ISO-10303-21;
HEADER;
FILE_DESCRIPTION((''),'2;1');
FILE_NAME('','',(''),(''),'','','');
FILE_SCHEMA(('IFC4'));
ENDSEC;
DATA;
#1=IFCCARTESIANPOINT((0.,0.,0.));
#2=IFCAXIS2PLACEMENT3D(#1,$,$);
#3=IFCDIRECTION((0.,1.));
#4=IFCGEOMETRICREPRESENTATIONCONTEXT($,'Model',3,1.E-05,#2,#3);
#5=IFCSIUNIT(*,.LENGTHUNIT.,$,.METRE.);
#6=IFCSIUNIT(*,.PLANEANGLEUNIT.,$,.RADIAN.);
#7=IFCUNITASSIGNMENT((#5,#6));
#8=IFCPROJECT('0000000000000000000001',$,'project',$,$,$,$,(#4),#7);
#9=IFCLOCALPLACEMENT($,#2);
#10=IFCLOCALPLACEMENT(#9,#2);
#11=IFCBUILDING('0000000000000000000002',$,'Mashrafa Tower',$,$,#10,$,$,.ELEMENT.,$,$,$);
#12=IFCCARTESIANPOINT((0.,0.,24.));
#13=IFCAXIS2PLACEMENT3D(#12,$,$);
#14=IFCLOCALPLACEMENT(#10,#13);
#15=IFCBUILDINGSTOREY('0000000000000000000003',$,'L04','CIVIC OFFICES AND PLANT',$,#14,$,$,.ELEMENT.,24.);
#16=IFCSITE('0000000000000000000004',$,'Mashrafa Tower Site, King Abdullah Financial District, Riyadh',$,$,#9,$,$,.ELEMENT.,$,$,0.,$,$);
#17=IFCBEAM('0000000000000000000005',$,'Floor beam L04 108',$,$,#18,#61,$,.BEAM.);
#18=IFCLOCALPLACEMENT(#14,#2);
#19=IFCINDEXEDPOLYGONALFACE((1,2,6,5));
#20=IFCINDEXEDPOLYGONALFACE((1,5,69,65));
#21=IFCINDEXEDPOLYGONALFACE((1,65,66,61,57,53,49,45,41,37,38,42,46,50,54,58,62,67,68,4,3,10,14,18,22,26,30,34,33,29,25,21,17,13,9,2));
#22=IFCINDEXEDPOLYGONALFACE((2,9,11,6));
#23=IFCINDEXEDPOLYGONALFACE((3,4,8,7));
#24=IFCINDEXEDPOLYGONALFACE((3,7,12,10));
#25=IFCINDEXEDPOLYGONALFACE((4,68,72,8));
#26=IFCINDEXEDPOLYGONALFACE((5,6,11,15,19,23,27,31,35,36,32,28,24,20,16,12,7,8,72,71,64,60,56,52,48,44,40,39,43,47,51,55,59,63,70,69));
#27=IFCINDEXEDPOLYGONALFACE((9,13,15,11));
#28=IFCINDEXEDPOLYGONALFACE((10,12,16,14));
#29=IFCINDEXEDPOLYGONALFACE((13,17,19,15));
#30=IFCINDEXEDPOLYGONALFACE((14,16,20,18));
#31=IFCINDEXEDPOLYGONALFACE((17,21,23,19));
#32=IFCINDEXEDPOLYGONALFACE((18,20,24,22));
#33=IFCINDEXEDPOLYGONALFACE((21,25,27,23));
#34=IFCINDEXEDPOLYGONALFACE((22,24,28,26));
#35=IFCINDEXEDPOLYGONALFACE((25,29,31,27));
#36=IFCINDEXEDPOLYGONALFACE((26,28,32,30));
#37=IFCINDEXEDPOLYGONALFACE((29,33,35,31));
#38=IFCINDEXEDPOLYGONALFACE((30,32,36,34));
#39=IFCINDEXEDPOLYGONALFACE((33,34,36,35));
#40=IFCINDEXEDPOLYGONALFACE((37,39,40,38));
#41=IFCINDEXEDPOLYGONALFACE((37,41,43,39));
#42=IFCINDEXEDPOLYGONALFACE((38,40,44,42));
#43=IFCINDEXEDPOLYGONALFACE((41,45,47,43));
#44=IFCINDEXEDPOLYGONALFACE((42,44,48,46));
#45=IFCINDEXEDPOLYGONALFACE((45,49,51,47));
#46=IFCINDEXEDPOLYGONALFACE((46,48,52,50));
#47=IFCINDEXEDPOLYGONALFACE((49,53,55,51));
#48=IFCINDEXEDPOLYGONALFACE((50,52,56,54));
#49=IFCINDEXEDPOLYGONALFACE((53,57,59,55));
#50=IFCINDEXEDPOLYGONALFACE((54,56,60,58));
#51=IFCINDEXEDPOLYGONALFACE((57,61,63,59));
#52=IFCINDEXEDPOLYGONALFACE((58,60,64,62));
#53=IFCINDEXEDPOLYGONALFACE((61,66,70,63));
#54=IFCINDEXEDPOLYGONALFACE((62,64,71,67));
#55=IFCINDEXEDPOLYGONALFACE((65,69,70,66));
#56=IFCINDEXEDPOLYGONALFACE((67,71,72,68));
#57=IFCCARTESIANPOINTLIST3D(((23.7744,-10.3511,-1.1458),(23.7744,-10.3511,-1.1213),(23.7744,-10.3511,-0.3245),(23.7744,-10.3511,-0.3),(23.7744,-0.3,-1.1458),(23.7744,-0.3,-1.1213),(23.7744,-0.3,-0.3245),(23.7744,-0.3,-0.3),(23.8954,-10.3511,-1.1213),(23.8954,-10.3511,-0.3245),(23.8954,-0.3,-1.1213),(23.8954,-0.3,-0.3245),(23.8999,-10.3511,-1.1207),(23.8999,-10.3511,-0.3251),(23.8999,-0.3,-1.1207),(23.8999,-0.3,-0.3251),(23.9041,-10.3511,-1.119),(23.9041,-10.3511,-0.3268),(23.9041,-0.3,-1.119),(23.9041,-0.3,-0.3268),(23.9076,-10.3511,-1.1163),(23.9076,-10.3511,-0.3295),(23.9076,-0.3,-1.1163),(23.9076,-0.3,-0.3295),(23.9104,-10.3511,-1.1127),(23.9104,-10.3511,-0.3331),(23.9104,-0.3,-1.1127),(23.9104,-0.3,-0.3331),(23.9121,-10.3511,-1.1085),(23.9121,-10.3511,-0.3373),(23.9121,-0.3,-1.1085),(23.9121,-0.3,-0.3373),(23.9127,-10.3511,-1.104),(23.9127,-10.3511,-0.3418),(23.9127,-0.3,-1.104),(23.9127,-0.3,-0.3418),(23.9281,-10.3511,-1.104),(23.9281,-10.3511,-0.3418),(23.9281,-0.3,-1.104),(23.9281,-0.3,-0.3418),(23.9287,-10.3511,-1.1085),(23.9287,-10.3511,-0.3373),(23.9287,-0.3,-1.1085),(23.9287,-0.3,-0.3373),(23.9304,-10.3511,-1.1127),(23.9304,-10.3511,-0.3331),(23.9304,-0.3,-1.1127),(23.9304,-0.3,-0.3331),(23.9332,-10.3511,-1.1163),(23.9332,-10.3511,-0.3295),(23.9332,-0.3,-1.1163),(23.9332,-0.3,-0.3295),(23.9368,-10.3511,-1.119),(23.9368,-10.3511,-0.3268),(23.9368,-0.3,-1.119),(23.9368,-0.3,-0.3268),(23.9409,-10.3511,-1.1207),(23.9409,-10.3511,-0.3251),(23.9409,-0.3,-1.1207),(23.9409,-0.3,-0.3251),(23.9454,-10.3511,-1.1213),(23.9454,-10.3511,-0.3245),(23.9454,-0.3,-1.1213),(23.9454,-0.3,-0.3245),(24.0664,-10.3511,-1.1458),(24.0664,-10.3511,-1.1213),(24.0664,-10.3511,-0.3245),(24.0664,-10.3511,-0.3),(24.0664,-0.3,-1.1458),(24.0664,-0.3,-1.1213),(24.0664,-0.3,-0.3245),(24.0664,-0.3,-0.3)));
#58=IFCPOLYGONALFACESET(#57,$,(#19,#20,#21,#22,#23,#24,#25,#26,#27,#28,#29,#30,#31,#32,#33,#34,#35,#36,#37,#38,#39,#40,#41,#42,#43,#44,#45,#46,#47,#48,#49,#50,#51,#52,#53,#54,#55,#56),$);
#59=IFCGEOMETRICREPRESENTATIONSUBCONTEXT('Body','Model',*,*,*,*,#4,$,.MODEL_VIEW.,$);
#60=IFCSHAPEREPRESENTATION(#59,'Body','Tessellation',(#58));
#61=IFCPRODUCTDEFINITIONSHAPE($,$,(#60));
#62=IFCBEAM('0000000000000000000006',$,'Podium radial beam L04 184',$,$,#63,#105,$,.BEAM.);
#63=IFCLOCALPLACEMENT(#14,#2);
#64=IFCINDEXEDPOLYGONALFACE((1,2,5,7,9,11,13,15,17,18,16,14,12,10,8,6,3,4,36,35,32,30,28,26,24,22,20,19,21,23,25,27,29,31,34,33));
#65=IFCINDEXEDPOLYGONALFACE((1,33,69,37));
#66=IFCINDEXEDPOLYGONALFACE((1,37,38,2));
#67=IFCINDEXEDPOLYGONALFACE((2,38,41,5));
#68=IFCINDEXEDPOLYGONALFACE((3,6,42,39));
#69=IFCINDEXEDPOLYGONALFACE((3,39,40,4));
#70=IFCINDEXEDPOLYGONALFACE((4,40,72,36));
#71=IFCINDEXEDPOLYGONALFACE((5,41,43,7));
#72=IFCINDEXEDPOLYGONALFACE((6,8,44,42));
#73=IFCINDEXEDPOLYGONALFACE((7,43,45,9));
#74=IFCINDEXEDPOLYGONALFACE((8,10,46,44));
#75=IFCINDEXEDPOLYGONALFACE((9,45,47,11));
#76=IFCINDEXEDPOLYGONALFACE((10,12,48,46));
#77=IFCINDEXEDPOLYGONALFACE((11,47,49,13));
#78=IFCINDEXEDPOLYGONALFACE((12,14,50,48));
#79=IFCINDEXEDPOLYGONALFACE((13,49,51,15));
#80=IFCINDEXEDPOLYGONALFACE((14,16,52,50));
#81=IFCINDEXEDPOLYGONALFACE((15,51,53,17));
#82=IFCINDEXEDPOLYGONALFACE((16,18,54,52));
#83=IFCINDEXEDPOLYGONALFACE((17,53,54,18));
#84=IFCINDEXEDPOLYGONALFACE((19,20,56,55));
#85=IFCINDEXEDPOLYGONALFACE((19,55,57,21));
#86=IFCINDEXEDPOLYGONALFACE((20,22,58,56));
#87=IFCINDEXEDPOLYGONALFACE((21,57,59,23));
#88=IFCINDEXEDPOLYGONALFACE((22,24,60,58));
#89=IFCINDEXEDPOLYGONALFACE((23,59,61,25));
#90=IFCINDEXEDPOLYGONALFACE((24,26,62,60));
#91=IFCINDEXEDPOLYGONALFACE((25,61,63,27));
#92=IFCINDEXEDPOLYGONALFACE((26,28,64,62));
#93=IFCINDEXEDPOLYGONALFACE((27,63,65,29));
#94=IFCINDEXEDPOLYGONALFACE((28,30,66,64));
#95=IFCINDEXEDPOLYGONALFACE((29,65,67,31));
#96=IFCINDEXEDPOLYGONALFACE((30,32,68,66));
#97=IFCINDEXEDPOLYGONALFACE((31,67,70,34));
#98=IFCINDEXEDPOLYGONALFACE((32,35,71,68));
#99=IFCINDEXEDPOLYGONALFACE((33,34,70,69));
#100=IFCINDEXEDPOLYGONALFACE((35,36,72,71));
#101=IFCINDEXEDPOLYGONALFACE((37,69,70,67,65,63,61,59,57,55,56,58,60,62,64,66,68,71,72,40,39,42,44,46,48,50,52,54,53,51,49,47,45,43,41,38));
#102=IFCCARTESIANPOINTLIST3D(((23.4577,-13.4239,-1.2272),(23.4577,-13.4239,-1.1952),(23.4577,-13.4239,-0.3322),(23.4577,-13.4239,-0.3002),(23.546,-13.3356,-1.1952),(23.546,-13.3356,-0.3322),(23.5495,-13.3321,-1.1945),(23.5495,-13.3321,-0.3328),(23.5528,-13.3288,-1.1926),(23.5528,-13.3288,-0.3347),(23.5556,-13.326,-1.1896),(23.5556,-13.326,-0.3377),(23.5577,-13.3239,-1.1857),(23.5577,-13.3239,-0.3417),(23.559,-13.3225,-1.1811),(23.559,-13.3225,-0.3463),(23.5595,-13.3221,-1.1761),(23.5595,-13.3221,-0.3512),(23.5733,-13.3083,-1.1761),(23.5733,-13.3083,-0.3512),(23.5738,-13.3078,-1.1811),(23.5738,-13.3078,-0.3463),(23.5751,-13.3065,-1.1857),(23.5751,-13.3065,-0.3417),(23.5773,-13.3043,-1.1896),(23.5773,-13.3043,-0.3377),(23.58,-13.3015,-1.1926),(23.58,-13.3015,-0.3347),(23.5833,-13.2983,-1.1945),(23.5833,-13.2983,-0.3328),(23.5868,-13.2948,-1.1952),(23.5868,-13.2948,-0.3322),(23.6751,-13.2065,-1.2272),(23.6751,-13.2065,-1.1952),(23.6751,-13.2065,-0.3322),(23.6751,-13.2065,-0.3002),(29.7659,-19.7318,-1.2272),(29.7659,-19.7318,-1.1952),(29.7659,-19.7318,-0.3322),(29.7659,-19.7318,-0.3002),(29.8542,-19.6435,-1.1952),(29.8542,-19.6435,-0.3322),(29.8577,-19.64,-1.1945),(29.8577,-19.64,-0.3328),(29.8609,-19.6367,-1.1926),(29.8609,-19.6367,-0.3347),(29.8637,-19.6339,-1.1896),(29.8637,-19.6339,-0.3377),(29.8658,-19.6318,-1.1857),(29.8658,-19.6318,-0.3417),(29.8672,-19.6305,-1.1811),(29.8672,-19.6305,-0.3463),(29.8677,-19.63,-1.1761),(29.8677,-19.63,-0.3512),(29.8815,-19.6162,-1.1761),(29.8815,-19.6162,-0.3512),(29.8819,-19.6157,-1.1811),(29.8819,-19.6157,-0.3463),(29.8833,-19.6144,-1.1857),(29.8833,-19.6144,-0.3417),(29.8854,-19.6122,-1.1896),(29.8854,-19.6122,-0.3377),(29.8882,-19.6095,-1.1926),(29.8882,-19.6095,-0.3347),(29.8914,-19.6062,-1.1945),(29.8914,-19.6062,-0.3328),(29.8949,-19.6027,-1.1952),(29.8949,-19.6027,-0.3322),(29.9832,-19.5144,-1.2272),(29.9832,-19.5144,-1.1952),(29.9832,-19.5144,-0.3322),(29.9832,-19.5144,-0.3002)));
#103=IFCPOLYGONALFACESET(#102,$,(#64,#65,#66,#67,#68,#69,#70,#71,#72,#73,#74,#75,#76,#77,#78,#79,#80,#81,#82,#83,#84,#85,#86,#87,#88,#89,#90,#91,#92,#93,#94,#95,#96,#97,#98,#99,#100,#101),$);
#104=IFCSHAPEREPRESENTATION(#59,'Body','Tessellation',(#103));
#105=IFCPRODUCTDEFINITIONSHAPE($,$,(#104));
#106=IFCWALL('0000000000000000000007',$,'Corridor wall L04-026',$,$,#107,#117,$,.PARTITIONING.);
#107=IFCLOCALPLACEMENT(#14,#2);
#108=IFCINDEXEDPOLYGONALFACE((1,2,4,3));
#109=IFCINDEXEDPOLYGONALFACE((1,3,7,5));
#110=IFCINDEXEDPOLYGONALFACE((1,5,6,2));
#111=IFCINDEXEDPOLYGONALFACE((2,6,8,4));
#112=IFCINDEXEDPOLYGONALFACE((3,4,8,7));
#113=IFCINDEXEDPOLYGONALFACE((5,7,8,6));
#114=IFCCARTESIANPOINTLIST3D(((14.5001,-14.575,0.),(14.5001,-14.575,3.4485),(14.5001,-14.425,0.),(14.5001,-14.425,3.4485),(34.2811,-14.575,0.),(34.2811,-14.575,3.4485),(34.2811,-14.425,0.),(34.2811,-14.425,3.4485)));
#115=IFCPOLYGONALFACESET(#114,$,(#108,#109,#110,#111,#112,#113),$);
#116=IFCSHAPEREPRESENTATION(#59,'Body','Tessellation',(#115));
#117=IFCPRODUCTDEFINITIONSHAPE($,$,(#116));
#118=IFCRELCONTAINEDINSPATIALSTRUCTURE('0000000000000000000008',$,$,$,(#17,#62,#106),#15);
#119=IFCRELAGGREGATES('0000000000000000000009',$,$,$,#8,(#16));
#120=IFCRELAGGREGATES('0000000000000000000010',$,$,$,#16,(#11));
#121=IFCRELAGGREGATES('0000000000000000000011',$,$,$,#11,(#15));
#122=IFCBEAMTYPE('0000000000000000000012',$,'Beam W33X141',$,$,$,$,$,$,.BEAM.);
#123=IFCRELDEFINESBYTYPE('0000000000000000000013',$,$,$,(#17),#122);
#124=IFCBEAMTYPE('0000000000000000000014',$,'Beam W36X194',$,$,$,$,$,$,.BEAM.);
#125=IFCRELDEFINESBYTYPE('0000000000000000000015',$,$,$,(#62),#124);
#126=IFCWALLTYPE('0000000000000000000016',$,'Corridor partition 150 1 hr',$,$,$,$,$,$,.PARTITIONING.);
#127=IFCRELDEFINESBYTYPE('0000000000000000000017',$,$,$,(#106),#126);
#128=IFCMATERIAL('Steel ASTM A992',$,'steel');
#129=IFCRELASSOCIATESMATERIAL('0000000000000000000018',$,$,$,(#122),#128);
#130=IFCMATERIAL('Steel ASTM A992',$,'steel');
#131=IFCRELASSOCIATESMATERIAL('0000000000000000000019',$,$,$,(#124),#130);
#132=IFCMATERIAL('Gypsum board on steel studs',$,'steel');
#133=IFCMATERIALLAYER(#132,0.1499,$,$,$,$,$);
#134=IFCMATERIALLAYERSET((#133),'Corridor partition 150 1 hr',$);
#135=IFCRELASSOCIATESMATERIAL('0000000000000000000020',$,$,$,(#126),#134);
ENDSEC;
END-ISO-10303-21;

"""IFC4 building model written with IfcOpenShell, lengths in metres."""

from ifc_helpers import new_model, si_unit, direction, frame, frame_2d, origin, origin_2d, place, context, subcontext, project, spatial, rectangle, i_section, extrude, material, layer, layer_set, material_profile, profile_set, type_object, element, save


model = new_model("IFC4")

# Units and contexts
model_context = context("Model", 3, precision=1e-05, world=origin(), true_north=direction((0.0, 1.0)))
body_context = subcontext(model_context, "Body", "Model", "MODEL_VIEW")
ifc_project = project(units=[si_unit("LENGTHUNIT", "METRE"), si_unit("PLANEANGLEUNIT", "RADIAN")], contexts=[model_context])

# Site, building, storey
site_placement = place(None, origin())
site = spatial("IfcSite", under=ifc_project, at=site_placement, Name="Mashrafa Tower Site, King Abdullah Financial District, Riyadh", CompositionType="ELEMENT", RefElevation=0.0)
building_placement = place(site_placement, origin())
building = spatial("IfcBuilding", under=site, at=building_placement, Name="Mashrafa Tower", CompositionType="ELEMENT")
storey_placement = place(building_placement, frame((0.0, 0.0, 24.0)))
storey = spatial("IfcBuildingStorey", under=building, at=storey_placement, Name="L04", Description="CIVIC OFFICES AND PLANT", CompositionType="ELEMENT", Elevation=24.0)

# Beams
ifc_material_1 = material(Name="Steel ASTM A992", Category="steel")
ifc_material_profile_1 = material_profile(ifc_material_1, i_section(OverallWidth=0.292, OverallDepth=0.8457, WebThickness=0.0154, FlangeThickness=0.0244, FilletRadius=0.0173, at=origin_2d()), Name="W33X141")
ifc_profile_set_1 = profile_set([ifc_material_profile_1], Name="Steel ASTM A992")
beam_type_1 = type_object("IfcBeamType", Name="Beam W33X141", PredefinedType="BEAM", material=ifc_profile_set_1)
beam_1_placement = place(storey_placement, frame((23.9204, -0.3, -0.7229), z_axis=(0.0, -1.0, 0.0), x_axis=(1.0, 0.0, 0.0)))
element("IfcBeam", 1, at=beam_1_placement, inside=storey, type_object=beam_type_1, Name="Floor beam L04 108", PredefinedType="BEAM", context=body_context, shape_type="SweptSolid", body=[
    extrude(i_section(OverallWidth=0.292, OverallDepth=0.8457, WebThickness=0.0154, FlangeThickness=0.0244, FilletRadius=0.0173, at=origin_2d()), origin(), (0.0, 0.0, 1.0), 10.051),
])
ifc_material_2 = material(Name="Steel ASTM A992", Category="steel")
ifc_material_profile_2 = material_profile(ifc_material_2, i_section(OverallWidth=0.3074, OverallDepth=0.927, WebThickness=0.0195, FlangeThickness=0.032, FilletRadius=0.019, at=origin_2d()), Name="W36X194")
ifc_profile_set_2 = profile_set([ifc_material_profile_2], Name="Steel ASTM A992")
beam_type_2 = type_object("IfcBeamType", Name="Beam W36X194", PredefinedType="BEAM", material=ifc_profile_set_2)
beam_2_placement = place(storey_placement, frame((23.5664, -13.3152, -0.7637), z_axis=(0.70712, -0.707093, 0.0), x_axis=(0.707093, 0.70712, 0.0)))
element("IfcBeam", 2, at=beam_2_placement, inside=storey, type_object=beam_type_2, Name="Podium radial beam L04 184", PredefinedType="BEAM", context=body_context, shape_type="SweptSolid", body=[
    extrude(i_section(OverallWidth=0.3074, OverallDepth=0.927, WebThickness=0.0195, FlangeThickness=0.032, FilletRadius=0.019, at=origin_2d()), origin(), (0.0, 0.0, 1.0), 8.9209),
])

# Wall
ifc_material_3 = material(Name="Gypsum board on steel studs", Category="steel")
ifc_layer = layer(ifc_material_3, 0.1499)
ifc_layer_set = layer_set([ifc_layer], Name="Corridor partition 150 1 hr")
wall_type = type_object("IfcWallType", Name="Corridor partition 150 1 hr", PredefinedType="PARTITIONING", material=ifc_layer_set)
wall_placement = place(storey_placement, frame((14.5, -14.5, 0.0), z_axis=(0.0, 0.0, 1.0), x_axis=(1.0, 0.0, 0.0)))
element("IfcWall", 3, at=wall_placement, inside=storey, type_object=wall_type, Name="Corridor wall L04-026", PredefinedType="PARTITIONING", context=body_context, shape_type="SweptSolid", body=[
    extrude(rectangle(XDim=19.781, YDim=0.1499, at=frame_2d((9.8906, 0.0))), origin(), (0.0, 0.0, 1.0), 3.4485),
])

save(model, "model.ifc")
